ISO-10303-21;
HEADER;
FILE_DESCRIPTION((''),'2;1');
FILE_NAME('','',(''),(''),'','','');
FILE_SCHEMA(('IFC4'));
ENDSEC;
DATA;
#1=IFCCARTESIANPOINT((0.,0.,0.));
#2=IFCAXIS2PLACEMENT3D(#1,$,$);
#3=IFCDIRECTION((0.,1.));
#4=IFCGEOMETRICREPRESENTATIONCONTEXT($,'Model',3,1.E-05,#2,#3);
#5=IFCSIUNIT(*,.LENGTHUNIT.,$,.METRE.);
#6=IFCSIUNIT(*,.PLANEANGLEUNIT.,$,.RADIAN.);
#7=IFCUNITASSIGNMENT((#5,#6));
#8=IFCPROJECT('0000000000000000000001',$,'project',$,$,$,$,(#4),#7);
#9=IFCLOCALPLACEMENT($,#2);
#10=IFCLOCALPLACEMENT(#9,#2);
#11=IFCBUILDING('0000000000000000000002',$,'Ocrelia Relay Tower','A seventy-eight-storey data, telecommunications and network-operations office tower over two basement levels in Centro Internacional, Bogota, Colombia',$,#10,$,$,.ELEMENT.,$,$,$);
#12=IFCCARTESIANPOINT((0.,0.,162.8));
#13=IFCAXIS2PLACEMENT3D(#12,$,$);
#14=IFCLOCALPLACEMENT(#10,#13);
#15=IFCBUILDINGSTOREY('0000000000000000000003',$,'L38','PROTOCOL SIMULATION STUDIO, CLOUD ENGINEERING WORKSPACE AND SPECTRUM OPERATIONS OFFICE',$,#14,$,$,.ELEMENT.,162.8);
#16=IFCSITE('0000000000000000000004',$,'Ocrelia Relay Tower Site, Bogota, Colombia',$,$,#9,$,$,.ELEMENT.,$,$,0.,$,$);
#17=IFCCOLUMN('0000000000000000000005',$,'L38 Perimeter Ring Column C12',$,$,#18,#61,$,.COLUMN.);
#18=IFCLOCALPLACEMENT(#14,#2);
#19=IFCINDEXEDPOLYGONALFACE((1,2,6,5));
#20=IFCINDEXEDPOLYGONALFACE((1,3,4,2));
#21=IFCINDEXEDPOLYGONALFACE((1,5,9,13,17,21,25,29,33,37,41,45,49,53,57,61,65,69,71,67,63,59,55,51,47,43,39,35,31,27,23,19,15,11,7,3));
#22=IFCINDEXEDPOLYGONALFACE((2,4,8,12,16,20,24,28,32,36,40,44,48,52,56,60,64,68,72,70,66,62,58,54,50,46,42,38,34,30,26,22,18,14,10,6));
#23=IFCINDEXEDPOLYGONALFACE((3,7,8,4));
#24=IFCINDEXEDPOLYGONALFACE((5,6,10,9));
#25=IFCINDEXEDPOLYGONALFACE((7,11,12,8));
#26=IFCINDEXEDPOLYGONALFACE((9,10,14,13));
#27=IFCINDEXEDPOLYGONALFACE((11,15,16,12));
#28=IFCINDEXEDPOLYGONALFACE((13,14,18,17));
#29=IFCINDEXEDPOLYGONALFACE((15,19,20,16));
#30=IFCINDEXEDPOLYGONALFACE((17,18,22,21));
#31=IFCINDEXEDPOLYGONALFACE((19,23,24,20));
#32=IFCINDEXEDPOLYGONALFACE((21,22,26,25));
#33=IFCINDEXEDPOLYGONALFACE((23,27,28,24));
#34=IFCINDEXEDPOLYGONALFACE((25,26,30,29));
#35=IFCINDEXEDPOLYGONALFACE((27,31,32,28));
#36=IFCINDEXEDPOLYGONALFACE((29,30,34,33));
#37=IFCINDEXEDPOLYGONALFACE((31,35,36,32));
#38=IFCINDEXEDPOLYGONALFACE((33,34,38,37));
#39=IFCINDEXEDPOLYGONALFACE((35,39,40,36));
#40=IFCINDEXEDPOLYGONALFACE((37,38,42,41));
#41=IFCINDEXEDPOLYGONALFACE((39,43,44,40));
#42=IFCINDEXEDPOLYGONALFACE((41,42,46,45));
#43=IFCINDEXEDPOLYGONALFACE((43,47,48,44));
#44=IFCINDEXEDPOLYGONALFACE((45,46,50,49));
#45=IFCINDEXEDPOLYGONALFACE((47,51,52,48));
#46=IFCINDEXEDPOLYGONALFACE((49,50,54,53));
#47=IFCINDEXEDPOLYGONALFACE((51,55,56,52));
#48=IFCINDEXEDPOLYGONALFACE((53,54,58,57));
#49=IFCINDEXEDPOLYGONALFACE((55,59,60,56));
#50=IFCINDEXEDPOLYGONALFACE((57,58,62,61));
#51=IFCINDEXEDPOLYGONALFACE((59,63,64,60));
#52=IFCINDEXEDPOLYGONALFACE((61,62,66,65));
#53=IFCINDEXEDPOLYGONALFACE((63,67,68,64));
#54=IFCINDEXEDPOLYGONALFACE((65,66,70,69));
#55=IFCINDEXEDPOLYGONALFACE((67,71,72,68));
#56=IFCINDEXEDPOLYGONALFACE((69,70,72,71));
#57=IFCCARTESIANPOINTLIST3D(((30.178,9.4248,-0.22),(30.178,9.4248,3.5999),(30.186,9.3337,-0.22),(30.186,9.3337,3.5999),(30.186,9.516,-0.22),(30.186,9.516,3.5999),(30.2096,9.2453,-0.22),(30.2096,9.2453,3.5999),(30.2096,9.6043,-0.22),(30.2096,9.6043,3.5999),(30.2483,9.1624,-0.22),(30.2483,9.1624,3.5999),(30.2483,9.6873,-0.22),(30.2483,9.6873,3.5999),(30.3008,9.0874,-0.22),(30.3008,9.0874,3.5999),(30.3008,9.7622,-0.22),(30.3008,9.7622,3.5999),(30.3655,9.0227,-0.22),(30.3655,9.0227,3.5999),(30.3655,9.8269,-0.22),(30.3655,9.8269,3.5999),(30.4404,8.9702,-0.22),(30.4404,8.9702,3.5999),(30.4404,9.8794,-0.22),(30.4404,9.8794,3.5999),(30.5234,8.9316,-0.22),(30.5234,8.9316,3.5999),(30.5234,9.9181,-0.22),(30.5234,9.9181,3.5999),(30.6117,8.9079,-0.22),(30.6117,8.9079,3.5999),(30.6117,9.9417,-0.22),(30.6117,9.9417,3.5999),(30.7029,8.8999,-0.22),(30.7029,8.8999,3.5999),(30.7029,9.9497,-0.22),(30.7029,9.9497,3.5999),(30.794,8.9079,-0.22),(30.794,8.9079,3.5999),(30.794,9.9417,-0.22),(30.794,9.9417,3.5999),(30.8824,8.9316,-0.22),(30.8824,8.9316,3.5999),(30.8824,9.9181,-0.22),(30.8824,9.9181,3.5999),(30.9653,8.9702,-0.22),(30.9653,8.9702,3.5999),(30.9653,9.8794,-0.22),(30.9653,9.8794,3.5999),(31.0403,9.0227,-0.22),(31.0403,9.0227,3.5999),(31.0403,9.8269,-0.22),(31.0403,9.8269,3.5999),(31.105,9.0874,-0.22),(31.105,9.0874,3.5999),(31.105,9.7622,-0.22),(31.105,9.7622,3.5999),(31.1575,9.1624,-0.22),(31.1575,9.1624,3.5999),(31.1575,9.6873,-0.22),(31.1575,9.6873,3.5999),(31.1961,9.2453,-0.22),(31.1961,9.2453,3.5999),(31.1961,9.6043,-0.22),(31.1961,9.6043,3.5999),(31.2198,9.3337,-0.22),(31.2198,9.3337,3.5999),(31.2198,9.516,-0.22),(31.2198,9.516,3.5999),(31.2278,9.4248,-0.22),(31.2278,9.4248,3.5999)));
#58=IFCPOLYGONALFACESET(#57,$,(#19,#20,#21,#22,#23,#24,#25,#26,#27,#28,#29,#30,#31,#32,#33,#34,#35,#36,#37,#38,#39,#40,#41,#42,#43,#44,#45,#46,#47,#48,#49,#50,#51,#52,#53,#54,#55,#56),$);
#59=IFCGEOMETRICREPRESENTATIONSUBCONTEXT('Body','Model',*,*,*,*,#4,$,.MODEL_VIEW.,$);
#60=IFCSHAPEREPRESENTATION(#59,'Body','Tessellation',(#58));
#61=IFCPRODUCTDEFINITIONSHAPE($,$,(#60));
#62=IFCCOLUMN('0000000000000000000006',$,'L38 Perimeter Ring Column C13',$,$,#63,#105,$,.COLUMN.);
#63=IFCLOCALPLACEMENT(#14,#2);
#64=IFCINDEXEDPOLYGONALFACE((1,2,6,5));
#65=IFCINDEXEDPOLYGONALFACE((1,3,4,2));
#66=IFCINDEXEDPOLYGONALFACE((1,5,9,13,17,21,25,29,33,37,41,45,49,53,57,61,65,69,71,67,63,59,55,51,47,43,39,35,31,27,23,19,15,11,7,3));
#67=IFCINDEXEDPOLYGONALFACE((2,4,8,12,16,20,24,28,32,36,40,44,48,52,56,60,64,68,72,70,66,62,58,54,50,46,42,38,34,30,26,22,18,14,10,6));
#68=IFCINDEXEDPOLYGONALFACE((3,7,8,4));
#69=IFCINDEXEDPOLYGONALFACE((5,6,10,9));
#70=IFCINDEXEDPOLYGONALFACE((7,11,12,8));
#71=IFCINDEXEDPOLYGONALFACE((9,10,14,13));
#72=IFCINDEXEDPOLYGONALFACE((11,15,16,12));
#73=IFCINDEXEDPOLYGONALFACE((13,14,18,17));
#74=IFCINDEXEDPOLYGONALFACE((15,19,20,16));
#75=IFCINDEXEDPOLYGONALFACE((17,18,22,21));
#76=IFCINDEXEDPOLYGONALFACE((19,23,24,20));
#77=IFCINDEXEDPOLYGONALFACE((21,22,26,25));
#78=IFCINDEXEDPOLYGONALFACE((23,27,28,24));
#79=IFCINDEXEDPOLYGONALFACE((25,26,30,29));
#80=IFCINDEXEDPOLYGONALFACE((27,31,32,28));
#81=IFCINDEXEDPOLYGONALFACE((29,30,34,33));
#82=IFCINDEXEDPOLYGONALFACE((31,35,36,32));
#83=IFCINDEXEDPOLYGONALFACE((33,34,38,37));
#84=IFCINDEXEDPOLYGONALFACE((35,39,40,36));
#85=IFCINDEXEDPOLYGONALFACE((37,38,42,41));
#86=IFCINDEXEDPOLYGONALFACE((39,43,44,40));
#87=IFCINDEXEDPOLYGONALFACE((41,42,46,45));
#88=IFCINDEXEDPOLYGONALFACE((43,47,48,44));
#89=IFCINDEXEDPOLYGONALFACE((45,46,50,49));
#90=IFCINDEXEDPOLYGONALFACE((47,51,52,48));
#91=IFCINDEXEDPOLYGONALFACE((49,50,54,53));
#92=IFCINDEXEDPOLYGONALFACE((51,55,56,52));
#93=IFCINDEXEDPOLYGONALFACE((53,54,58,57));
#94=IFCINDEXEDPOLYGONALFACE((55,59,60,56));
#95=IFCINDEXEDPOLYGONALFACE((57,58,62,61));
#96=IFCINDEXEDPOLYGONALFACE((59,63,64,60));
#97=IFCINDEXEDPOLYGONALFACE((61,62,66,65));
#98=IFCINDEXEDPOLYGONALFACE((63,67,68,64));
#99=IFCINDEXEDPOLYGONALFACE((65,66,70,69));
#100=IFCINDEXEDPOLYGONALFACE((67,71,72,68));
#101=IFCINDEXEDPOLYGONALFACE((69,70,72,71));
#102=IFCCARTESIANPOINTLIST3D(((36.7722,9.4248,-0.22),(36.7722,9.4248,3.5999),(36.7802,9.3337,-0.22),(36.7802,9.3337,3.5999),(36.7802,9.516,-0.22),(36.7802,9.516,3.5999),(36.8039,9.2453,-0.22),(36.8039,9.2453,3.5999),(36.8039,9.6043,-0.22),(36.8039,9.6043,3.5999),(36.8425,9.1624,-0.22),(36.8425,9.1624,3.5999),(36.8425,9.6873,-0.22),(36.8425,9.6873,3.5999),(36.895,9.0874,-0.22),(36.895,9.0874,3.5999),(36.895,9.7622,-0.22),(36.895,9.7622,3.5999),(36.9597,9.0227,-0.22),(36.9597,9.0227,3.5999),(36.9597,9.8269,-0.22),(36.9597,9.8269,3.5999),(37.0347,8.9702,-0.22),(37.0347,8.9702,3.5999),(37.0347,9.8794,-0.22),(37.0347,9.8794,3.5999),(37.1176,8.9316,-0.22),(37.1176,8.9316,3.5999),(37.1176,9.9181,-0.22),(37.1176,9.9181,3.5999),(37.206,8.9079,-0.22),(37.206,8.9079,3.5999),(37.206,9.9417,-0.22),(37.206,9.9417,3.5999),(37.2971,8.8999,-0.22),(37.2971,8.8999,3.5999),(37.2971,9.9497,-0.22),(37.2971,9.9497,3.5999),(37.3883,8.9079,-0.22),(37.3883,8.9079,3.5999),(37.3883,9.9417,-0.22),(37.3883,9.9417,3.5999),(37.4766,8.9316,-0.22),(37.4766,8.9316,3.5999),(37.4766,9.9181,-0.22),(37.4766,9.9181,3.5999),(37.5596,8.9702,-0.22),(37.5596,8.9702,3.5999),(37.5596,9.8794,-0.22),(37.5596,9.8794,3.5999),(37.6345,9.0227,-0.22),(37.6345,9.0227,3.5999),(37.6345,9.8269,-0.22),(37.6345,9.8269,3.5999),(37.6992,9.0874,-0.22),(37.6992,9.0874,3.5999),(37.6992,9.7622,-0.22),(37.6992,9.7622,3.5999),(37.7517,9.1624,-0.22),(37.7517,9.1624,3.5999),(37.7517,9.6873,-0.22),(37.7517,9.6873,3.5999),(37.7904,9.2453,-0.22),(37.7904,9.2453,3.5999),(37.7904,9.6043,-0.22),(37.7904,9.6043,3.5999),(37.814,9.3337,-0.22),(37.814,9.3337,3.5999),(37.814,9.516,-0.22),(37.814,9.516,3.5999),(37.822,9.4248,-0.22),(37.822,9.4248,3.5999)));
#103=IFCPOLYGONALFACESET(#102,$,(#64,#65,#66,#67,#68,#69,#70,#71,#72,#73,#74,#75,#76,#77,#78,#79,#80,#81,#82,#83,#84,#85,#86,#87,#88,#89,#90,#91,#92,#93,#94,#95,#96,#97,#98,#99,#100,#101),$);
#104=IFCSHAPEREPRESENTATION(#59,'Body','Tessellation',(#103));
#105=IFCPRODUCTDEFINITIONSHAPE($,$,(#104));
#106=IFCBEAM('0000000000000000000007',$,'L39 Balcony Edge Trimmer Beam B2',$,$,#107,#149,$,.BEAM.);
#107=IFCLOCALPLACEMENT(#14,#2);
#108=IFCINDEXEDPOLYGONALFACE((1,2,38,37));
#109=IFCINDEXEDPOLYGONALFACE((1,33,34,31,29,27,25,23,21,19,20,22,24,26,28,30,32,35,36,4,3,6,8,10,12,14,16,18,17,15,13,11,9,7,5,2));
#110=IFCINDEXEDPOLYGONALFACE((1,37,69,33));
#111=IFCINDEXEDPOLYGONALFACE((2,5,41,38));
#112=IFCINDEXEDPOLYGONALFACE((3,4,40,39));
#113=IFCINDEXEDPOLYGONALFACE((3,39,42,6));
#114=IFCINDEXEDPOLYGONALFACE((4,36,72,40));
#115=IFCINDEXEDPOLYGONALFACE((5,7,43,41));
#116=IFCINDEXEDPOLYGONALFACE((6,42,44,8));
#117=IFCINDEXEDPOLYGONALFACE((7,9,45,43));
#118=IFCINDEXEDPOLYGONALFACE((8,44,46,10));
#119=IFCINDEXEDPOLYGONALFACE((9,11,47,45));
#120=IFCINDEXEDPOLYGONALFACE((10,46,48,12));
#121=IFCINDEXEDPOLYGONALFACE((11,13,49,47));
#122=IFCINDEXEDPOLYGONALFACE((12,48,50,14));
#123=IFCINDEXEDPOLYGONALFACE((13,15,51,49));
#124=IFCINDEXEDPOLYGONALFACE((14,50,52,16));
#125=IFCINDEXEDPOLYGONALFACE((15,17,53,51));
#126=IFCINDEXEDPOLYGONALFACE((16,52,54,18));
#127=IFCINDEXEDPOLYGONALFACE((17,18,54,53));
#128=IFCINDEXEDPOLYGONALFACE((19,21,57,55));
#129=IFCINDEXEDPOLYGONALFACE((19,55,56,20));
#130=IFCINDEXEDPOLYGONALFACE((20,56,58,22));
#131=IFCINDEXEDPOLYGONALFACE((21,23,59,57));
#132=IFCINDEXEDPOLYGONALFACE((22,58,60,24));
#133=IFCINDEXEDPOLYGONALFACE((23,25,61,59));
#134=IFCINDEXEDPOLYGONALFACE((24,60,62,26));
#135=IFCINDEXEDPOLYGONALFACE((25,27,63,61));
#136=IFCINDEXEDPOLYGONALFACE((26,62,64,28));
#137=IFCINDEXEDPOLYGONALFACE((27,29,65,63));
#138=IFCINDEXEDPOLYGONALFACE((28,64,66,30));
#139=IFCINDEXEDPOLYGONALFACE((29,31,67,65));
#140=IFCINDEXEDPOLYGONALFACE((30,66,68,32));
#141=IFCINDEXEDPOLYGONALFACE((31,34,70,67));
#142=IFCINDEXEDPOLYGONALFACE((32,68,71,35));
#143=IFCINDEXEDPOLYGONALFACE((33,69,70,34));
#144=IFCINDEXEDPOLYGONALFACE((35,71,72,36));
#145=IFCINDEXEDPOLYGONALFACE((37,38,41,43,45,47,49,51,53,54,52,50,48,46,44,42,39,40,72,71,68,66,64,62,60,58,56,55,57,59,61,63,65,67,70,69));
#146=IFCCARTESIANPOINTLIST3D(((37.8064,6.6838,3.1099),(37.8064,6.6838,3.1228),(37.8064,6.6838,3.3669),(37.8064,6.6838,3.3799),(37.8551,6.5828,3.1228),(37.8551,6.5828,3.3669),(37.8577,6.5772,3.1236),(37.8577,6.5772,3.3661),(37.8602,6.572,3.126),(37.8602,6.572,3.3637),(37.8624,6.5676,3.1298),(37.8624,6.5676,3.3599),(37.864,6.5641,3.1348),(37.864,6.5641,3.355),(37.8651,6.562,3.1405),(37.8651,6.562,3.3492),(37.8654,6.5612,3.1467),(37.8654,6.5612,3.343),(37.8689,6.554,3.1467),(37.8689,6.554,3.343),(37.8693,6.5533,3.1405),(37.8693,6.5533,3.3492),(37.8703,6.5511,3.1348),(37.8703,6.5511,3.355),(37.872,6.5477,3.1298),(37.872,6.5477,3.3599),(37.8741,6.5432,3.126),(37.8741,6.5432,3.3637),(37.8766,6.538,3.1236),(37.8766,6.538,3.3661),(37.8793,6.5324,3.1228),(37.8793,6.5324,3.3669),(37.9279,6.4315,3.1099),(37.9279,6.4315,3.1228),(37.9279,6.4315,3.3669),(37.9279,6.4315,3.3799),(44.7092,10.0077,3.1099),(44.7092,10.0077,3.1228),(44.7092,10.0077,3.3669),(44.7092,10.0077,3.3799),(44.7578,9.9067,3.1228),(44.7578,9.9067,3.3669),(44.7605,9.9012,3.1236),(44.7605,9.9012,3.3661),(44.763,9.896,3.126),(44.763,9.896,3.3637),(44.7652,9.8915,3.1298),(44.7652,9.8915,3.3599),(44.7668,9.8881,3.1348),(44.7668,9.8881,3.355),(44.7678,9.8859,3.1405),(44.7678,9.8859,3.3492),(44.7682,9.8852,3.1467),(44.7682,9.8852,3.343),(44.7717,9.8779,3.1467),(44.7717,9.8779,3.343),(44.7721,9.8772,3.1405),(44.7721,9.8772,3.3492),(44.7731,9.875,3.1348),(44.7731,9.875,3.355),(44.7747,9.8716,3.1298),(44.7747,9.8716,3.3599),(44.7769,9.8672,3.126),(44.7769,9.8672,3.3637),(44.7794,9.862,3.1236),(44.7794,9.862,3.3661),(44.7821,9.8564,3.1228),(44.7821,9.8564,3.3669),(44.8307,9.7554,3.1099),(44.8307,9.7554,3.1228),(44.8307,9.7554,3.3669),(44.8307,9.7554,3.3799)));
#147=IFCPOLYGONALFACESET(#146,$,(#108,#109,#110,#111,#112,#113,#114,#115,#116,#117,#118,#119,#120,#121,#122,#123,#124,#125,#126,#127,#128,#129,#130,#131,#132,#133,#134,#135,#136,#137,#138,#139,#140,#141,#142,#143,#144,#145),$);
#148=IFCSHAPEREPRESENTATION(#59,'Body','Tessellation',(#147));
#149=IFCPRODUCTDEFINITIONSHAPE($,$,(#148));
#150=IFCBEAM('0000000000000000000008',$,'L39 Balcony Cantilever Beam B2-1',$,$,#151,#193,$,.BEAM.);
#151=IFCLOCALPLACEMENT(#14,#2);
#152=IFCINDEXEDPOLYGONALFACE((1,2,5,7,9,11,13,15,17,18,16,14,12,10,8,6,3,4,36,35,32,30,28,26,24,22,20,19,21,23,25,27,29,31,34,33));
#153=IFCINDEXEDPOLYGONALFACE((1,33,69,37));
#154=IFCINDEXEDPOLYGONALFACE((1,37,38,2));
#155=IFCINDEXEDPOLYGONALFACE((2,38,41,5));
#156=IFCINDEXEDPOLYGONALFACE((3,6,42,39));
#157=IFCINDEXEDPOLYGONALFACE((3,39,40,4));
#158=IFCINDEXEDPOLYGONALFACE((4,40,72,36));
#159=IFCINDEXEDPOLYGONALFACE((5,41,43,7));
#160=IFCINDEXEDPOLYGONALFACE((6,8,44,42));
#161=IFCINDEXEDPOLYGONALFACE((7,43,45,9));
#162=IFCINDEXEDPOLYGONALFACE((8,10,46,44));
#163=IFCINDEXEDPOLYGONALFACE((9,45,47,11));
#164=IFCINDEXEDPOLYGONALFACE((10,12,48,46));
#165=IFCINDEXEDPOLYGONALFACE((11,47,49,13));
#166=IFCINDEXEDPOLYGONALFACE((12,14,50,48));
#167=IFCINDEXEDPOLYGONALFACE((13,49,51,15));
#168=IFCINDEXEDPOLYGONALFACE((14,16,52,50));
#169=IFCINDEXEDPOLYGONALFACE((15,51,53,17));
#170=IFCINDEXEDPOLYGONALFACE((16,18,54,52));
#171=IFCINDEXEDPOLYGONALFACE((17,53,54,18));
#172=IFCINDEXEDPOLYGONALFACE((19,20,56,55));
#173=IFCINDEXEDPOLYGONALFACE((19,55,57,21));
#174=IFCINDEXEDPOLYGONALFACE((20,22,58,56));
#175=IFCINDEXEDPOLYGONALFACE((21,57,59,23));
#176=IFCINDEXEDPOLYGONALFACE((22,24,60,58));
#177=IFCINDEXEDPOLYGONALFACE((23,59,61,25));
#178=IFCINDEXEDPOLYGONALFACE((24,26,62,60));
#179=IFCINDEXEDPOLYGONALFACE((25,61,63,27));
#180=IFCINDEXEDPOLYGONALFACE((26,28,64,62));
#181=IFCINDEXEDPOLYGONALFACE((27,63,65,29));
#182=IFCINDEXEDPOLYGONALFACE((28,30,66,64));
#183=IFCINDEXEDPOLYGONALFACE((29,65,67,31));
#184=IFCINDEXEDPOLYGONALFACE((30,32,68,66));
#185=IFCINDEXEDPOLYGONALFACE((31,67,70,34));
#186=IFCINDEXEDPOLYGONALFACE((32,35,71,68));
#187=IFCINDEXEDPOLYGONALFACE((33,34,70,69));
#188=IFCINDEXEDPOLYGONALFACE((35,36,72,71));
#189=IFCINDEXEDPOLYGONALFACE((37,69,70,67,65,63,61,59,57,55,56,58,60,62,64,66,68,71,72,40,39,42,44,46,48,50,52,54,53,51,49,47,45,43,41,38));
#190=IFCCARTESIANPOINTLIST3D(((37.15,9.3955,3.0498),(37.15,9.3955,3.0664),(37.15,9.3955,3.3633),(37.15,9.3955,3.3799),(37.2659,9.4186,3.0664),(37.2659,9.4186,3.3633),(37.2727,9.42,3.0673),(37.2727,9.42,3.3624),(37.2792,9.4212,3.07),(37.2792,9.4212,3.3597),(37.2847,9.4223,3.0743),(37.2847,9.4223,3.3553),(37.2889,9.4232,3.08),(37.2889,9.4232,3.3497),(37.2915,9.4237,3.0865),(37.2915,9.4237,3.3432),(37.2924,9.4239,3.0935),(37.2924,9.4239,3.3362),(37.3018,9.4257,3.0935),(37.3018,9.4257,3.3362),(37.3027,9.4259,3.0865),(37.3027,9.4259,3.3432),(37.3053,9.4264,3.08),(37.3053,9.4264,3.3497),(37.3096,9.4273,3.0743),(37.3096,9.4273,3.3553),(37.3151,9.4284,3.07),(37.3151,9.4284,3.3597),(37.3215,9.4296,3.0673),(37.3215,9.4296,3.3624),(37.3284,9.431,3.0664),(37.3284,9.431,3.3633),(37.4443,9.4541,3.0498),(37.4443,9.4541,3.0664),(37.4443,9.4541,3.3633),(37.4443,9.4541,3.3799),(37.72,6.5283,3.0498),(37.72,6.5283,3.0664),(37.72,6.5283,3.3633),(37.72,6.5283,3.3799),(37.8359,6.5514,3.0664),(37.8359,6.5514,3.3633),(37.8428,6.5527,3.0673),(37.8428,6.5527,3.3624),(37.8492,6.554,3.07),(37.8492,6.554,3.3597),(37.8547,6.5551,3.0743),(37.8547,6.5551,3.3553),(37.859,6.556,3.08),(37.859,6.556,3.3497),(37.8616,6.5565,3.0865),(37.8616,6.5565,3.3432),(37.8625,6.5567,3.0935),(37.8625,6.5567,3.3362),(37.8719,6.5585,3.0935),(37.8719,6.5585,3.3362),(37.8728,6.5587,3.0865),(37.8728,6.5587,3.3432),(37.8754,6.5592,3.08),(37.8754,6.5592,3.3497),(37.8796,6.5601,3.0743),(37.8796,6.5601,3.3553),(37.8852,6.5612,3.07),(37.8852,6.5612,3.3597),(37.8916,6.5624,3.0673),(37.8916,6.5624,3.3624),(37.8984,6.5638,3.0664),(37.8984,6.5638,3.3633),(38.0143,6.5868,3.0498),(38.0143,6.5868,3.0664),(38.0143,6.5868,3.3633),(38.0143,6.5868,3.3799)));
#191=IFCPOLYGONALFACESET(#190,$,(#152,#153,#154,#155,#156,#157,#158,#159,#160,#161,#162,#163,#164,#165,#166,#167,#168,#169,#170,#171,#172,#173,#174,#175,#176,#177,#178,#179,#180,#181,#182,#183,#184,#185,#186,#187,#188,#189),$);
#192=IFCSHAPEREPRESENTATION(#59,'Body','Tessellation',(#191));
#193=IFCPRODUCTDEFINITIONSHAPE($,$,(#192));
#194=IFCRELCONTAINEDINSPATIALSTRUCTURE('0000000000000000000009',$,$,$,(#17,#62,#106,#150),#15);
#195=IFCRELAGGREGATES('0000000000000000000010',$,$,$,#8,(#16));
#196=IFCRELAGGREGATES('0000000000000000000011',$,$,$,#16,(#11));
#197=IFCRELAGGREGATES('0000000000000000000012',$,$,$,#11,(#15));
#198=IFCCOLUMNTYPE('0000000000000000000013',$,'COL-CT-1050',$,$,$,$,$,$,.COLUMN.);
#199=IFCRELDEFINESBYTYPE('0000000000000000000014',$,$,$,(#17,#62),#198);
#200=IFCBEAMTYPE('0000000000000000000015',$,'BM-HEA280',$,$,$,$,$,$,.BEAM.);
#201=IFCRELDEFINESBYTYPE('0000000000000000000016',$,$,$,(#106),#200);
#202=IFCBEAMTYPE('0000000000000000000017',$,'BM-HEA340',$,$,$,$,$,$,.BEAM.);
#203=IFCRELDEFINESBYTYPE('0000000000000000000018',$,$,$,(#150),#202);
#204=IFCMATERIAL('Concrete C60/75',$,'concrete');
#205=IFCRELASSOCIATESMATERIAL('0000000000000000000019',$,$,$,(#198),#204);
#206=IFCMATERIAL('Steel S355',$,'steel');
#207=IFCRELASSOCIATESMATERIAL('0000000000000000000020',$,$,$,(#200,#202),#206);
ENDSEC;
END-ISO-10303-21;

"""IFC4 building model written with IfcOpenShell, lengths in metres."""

from ifc_helpers import new_model, si_unit, direction, frame, origin, origin_2d, place, context, subcontext, project, spatial, circle, i_section, extrude, material, material_profile, profile_set, type_object, element, save


model = new_model("IFC4")

# Units and contexts
model_context = context("Model", 3, precision=1e-05, world=origin(), true_north=direction((0.0, 1.0)))
body_context = subcontext(model_context, "Body", "Model", "MODEL_VIEW")
ifc_project = project(units=[si_unit("LENGTHUNIT", "METRE"), si_unit("PLANEANGLEUNIT", "RADIAN")], contexts=[model_context])

# Site, building, storey
site_placement = place(None, origin())
site = spatial("IfcSite", under=ifc_project, at=site_placement, Name="Ocrelia Relay Tower Site, Bogota, Colombia", CompositionType="ELEMENT", RefElevation=0.0)
building_placement = place(site_placement, origin())
building = spatial("IfcBuilding", under=site, at=building_placement, Name="Ocrelia Relay Tower", Description="A seventy-eight-storey data, telecommunications and network-operations office tower over two basement levels in Centro Internacional, Bogota, Colombia", CompositionType="ELEMENT")
storey_placement = place(building_placement, frame((0.0, 0.0, 162.8)))
storey = spatial("IfcBuildingStorey", under=building, at=storey_placement, Name="L38", Description="PROTOCOL SIMULATION STUDIO, CLOUD ENGINEERING WORKSPACE AND SPECTRUM OPERATIONS OFFICE", CompositionType="ELEMENT", Elevation=162.8)

# Columns
ifc_material_1 = material(Name="Concrete C60/75", Category="concrete")
ifc_material_profile_1 = material_profile(ifc_material_1, circle(Radius=0.5249, at=origin_2d()), Name="RC-CIR-1050")
ifc_profile_set_1 = profile_set([ifc_material_profile_1], Name="Concrete C60/75")
column_type = type_object("IfcColumnType", Name="COL-CT-1050", PredefinedType="COLUMN", material=ifc_profile_set_1)
for number, where, z_axis, x_axis, name in (
    (1, (30.7029, 9.4248, -0.22), (0.0, 0.0, 1.0), (1.0, 0.0, 0.0), "L38 Perimeter Ring Column C12"),
    (2, (37.2971, 9.4248, -0.22), (0.0, 0.0, 1.0), (1.0, 0.0, 0.0), "L38 Perimeter Ring Column C13"),
):
    element("IfcColumn", number, at=place(storey_placement, frame(where, z_axis=z_axis, x_axis=x_axis)), inside=storey, type_object=column_type, Name=name, PredefinedType="COLUMN", context=body_context, shape_type="SweptSolid", body=[
        extrude(circle(Radius=0.5249, at=origin_2d()), origin(), (0.0, 0.0, 1.0), 3.8198),
    ])

# Beams
ifc_material_2 = material(Name="Steel S355", Category="steel")
ifc_material_profile_2 = material_profile(ifc_material_2, i_section(OverallWidth=0.28, OverallDepth=0.27, WebThickness=0.0081, FlangeThickness=0.0129, FilletRadius=0.0239, at=origin_2d()), Name="HEA 280")
ifc_profile_set_2 = profile_set([ifc_material_profile_2], Name="Steel S355")
beam_type_1 = type_object("IfcBeamType", Name="BM-HEA280", PredefinedType="BEAM", material=ifc_profile_set_2)
beam_1_placement = place(storey_placement, frame((37.8672, 6.5576, 3.2449), z_axis=(0.900982, 0.433857, 0.0), x_axis=(-0.433857, 0.900982, 0.0)))
element("IfcBeam", 3, at=beam_1_placement, inside=storey, type_object=beam_type_1, Name="L39 Balcony Edge Trimmer Beam B2", PredefinedType="BEAM", context=body_context, shape_type="SweptSolid", body=[
    extrude(i_section(OverallWidth=0.28, OverallDepth=0.27, WebThickness=0.0081, FlangeThickness=0.0129, FilletRadius=0.0239, at=origin_2d()), origin(), (0.0, 0.0, 1.0), 7.6614),
])
ifc_material_profile_3 = material_profile(ifc_material_2, i_section(OverallWidth=0.3, OverallDepth=0.3301, WebThickness=0.0095, FlangeThickness=0.0166, FilletRadius=0.0271, at=origin_2d()), Name="HEA 340")
ifc_profile_set_3 = profile_set([ifc_material_profile_3], Name="Steel S355")
beam_type_2 = type_object("IfcBeamType", Name="BM-HEA340", PredefinedType="BEAM", material=ifc_profile_set_3)
beam_2_placement = place(storey_placement, frame((37.2971, 9.4248, 3.2148), z_axis=(0.195008, -0.980802, 0.0), x_axis=(0.980802, 0.195008, 0.0)))
element("IfcBeam", 4, at=beam_2_placement, inside=storey, type_object=beam_type_2, Name="L39 Balcony Cantilever Beam B2-1", PredefinedType="BEAM", context=body_context, shape_type="SweptSolid", body=[
    extrude(i_section(OverallWidth=0.3, OverallDepth=0.3301, WebThickness=0.0095, FlangeThickness=0.0166, FilletRadius=0.0271, at=origin_2d()), origin(), (0.0, 0.0, 1.0), 2.9233),
])

save(model, "model.ifc")
